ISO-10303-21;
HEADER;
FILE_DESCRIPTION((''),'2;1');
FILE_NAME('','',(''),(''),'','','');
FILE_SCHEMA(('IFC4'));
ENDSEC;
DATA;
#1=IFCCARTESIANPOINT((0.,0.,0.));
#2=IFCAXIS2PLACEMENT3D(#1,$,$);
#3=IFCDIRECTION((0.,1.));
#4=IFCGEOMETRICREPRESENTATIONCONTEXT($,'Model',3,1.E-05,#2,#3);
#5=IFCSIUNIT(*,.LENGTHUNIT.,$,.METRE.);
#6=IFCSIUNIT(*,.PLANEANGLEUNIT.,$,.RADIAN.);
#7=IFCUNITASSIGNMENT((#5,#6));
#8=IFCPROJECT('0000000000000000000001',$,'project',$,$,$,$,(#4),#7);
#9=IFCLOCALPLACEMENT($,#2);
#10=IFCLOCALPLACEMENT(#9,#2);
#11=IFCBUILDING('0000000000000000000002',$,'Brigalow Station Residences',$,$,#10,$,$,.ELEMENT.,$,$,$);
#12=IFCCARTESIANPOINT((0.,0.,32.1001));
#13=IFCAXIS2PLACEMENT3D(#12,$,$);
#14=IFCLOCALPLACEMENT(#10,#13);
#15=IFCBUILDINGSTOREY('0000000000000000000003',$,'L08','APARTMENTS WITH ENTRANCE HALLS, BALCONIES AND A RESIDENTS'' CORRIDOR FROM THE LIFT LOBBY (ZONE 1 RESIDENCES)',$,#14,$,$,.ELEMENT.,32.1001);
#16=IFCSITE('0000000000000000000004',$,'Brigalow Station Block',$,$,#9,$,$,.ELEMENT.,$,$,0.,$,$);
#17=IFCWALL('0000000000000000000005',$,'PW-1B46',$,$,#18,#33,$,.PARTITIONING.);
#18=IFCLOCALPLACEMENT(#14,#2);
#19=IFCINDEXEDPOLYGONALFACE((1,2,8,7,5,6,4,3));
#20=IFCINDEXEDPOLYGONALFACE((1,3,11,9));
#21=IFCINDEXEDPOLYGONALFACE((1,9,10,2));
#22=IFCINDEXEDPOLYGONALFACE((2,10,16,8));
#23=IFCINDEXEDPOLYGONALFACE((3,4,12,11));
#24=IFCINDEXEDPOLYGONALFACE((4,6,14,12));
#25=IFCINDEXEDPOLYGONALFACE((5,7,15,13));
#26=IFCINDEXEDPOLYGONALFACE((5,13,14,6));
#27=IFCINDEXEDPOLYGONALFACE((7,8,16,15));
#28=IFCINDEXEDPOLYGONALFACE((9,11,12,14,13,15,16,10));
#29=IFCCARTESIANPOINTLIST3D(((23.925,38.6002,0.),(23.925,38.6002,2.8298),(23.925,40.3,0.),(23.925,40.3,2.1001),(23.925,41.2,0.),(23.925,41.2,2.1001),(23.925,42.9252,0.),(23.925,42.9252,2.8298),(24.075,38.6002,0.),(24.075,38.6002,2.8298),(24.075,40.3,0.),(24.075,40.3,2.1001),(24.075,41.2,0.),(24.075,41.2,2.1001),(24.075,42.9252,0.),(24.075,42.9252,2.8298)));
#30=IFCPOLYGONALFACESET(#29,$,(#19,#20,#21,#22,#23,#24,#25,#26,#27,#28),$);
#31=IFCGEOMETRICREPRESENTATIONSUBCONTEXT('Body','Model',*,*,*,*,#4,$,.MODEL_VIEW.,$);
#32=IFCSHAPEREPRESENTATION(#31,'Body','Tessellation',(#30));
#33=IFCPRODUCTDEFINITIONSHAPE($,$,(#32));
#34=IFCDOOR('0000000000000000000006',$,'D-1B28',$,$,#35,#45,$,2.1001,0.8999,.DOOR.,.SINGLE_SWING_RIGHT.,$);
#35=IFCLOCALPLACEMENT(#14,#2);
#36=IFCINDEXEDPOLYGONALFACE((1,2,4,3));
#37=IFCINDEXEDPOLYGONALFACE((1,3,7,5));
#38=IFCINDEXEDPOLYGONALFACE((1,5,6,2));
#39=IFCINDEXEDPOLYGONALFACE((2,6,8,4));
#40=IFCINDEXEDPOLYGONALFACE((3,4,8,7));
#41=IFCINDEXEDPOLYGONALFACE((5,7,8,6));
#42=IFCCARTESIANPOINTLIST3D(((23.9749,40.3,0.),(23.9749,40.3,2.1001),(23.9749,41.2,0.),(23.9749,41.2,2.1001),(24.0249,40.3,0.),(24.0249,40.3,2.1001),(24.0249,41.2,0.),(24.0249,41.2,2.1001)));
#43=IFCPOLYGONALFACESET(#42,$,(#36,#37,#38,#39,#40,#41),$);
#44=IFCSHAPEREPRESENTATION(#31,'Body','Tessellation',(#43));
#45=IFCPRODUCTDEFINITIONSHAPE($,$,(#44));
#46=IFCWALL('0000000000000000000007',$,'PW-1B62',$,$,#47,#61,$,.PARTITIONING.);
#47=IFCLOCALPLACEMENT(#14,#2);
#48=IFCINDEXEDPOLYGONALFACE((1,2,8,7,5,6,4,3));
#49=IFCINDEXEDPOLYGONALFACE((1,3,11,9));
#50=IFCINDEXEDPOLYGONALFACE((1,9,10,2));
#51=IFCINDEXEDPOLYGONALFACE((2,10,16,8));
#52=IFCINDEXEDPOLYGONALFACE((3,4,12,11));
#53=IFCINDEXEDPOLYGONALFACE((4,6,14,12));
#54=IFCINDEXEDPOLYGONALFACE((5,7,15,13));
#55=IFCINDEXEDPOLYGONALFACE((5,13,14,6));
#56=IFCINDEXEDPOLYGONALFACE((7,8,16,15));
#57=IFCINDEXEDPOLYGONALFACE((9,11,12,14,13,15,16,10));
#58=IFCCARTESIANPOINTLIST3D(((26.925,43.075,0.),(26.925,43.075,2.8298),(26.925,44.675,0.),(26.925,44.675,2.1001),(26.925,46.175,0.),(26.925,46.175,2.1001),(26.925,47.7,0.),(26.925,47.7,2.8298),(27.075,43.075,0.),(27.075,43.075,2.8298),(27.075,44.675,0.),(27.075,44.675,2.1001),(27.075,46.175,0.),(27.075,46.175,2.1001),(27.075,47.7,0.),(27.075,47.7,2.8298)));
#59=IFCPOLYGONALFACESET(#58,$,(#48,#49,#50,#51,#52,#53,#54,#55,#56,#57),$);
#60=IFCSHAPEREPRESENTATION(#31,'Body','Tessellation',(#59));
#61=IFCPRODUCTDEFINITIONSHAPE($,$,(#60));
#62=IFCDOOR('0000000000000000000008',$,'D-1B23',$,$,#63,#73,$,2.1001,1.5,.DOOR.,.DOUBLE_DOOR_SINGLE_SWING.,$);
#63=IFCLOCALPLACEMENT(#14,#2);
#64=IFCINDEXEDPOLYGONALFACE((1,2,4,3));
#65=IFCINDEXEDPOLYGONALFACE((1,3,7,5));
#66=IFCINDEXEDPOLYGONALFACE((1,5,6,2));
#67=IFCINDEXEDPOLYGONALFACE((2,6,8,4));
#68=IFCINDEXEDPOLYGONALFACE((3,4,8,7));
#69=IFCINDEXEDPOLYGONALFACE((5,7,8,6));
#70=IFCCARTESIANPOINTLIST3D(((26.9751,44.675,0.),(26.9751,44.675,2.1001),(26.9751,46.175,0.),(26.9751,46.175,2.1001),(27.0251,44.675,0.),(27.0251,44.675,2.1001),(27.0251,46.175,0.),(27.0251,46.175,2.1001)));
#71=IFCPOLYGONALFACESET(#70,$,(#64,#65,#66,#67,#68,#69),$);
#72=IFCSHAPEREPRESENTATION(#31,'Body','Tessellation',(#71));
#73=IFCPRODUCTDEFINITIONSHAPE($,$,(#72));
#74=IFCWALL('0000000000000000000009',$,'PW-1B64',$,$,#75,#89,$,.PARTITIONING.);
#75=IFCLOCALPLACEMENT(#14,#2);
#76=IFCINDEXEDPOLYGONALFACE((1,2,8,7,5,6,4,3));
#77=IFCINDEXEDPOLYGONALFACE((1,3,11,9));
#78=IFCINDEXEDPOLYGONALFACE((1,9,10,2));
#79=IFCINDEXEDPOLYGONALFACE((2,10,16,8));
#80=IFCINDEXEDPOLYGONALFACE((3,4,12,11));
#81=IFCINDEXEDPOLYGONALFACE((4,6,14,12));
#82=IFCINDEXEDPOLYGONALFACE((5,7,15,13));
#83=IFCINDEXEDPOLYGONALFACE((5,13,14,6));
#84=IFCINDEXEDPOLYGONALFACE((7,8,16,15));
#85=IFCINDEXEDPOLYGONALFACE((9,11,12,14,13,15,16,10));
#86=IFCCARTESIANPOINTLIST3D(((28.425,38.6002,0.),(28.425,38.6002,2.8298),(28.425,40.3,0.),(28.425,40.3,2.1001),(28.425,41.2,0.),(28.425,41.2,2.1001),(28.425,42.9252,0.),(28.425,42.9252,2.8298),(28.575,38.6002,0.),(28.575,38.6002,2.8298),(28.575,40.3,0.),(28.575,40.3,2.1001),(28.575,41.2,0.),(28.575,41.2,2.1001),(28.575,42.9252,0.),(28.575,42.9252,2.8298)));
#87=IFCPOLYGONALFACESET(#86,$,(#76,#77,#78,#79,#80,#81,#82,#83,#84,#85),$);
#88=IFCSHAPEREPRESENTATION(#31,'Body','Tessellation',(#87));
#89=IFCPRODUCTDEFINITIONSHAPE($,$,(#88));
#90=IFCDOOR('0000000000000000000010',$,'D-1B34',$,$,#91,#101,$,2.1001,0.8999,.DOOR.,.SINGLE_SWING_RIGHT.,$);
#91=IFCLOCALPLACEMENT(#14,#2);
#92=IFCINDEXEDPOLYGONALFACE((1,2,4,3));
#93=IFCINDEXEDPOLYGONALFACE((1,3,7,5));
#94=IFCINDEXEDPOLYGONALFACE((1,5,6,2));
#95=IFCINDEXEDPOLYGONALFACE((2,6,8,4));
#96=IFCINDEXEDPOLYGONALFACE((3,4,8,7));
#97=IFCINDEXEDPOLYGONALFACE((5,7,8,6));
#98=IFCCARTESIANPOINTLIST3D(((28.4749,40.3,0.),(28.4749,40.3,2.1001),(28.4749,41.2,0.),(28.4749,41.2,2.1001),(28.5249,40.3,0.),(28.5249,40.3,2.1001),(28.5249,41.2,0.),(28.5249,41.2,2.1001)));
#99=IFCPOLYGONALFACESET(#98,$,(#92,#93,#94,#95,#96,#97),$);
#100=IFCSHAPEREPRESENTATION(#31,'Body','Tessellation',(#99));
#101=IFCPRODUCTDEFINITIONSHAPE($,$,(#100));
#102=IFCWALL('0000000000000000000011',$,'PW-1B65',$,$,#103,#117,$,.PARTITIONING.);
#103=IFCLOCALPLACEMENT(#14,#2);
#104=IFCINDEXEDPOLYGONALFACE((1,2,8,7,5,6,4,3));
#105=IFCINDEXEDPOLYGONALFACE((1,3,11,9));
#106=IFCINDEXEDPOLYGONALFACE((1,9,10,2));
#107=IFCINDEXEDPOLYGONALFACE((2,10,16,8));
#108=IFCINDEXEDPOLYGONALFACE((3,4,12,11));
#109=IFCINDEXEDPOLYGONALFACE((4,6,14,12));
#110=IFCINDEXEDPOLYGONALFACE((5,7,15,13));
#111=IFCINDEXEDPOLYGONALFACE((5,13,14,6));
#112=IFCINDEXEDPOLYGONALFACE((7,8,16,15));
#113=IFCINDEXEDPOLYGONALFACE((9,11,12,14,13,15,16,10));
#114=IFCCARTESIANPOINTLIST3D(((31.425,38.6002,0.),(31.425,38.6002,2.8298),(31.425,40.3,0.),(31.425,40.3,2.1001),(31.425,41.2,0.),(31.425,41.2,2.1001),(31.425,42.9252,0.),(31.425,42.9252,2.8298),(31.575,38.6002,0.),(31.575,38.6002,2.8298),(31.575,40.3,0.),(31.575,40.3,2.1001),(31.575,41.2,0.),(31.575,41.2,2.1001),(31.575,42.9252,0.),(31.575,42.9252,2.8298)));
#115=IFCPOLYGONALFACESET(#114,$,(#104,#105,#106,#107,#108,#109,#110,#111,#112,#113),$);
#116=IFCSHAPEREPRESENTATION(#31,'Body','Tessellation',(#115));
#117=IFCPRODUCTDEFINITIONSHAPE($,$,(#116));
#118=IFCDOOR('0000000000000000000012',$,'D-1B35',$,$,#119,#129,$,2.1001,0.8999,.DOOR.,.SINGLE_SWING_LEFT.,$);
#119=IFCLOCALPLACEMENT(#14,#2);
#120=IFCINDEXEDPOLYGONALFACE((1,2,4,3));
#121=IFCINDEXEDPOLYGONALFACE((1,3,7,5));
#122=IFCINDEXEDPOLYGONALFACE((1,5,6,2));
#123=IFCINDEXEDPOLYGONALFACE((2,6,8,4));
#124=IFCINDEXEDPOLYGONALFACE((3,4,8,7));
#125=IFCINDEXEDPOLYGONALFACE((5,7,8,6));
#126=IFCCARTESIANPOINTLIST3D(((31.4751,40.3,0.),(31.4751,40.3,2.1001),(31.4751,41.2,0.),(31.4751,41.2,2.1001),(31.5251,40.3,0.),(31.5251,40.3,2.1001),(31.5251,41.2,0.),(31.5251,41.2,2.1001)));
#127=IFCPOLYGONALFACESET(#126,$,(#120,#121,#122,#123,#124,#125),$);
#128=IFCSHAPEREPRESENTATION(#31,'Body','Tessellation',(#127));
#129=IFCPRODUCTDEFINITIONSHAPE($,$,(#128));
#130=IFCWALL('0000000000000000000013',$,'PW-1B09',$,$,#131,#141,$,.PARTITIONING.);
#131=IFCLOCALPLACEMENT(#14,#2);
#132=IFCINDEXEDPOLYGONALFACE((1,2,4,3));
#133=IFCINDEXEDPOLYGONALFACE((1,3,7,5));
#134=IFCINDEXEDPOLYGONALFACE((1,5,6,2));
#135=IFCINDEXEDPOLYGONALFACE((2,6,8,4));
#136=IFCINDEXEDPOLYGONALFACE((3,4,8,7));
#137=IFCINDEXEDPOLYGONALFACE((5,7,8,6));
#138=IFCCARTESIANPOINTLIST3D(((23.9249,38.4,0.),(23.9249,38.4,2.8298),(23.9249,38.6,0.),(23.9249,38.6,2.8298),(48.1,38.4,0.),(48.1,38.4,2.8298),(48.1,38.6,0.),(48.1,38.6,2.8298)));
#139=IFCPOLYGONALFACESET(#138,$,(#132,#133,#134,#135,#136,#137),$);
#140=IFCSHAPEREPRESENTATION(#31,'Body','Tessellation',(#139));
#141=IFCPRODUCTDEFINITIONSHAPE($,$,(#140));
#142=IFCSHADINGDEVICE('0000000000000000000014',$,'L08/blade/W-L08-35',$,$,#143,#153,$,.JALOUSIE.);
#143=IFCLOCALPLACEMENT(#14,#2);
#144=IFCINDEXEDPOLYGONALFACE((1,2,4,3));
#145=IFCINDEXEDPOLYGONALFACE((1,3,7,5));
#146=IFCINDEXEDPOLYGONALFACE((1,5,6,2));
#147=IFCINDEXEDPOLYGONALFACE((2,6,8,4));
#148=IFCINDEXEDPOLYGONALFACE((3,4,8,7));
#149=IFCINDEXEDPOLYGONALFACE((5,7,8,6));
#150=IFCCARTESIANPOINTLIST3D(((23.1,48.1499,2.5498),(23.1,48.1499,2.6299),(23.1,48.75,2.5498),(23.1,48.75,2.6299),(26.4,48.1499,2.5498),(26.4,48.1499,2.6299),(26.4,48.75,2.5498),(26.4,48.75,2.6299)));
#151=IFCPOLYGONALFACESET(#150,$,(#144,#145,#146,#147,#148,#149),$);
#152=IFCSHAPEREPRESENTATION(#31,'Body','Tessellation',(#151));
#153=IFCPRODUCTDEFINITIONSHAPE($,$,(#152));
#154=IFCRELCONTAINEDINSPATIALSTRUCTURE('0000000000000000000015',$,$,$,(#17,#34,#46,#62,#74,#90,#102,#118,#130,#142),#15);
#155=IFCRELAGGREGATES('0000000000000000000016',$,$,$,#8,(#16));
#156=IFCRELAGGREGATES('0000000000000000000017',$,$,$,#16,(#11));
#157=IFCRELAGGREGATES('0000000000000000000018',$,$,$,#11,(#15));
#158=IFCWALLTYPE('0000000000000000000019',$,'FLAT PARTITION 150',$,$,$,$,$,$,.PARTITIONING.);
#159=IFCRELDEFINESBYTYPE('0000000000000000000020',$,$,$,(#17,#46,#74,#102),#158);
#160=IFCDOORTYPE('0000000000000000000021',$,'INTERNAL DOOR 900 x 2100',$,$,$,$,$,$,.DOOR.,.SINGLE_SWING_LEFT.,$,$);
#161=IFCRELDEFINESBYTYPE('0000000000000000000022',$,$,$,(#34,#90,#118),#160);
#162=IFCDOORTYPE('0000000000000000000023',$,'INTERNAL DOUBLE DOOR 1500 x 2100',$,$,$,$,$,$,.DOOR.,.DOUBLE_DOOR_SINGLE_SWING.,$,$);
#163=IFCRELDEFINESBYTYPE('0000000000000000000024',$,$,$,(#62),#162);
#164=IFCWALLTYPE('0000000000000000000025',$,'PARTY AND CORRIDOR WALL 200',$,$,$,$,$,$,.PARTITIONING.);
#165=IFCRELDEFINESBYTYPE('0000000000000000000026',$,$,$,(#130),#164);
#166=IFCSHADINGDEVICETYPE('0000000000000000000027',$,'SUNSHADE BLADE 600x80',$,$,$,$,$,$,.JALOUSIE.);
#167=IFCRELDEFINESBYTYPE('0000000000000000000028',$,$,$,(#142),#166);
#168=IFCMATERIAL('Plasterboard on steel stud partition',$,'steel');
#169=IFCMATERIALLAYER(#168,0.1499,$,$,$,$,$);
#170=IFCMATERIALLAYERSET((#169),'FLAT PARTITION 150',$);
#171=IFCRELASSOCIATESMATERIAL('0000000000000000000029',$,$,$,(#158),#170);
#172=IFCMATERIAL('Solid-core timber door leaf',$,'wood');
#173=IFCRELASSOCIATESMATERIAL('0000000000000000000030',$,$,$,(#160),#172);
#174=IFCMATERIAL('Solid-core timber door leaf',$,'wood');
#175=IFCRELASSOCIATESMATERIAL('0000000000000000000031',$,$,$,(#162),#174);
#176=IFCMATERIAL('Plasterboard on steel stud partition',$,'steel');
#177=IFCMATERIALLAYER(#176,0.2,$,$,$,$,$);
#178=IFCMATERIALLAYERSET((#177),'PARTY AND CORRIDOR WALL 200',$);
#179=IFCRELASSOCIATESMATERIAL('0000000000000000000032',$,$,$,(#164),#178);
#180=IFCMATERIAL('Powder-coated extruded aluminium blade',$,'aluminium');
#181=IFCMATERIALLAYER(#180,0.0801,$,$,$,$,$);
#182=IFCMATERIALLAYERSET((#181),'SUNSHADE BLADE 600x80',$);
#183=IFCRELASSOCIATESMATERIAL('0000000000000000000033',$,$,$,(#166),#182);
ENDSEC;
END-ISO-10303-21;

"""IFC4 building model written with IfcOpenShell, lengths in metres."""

from ifc_helpers import new_model, si_unit, direction, frame, frame_2d, origin, origin_2d, place, context, subcontext, project, spatial, rectangle, extrude, material, layer, layer_set, type_object, element, fill, save


model = new_model("IFC4")

# Units and contexts
model_context = context("Model", 3, precision=1e-05, world=origin(), true_north=direction((0.0, 1.0)))
body_context = subcontext(model_context, "Body", "Model", "MODEL_VIEW")
ifc_project = project(units=[si_unit("LENGTHUNIT", "METRE"), si_unit("PLANEANGLEUNIT", "RADIAN")], contexts=[model_context])

# Site, building, storey
site_placement = place(None, origin())
site = spatial("IfcSite", under=ifc_project, at=site_placement, Name="Brigalow Station Block", CompositionType="ELEMENT", RefElevation=0.0)
building_placement = place(site_placement, origin())
building = spatial("IfcBuilding", under=site, at=building_placement, Name="Brigalow Station Residences", CompositionType="ELEMENT")
storey_placement = place(building_placement, frame((0.0, 0.0, 32.1001)))
storey = spatial("IfcBuildingStorey", under=building, at=storey_placement, Name="L08", Description="APARTMENTS WITH ENTRANCE HALLS, BALCONIES AND A RESIDENTS' CORRIDOR FROM THE LIFT LOBBY (ZONE 1 RESIDENCES)", CompositionType="ELEMENT", Elevation=32.1001)

# Walls, openings, doors
ifc_material_1 = material(Name="Plasterboard on steel stud partition", Category="steel")
ifc_layer_1 = layer(ifc_material_1, 0.1499)
ifc_layer_set_1 = layer_set([ifc_layer_1], Name="FLAT PARTITION 150")
wall_type_1 = type_object("IfcWallType", Name="FLAT PARTITION 150", PredefinedType="PARTITIONING", material=ifc_layer_set_1)
wall_1_placement = place(storey_placement, frame((24.0, 38.6001, 0.0), z_axis=(0.0, 0.0, 1.0), x_axis=(0.0, 1.0, 0.0)))
wall_1 = element("IfcWall", 1, at=wall_1_placement, inside=storey, type_object=wall_type_1, Name="PW-1B46", PredefinedType="PARTITIONING", context=body_context, shape_type="SweptSolid", body=[
    extrude(rectangle(XDim=4.325, YDim=0.1499, at=frame_2d((2.1626, 0.0))), origin(), (0.0, 0.0, 1.0), 2.8298),
])
opening_1_placement = place(wall_1_placement, frame((1.7, 0.0, 0.0)))
opening_1 = element("IfcOpeningElement", 2, at=opening_1_placement, cuts=wall_1, PredefinedType="OPENING", context=body_context, shape_type="SweptSolid", body=[
    extrude(rectangle(XDim=0.8999, YDim=2.1001, at=frame_2d((0.45, 1.05))), frame((0.0, 0.085, 0.0), z_axis=(0.0, -1.0, 0.0), x_axis=(1.0, 0.0, 0.0)), (0.0, 0.0, 1.0), 0.1699),
])
ifc_material_2 = material(Name="Solid-core timber door leaf", Category="wood")
door_type_1 = type_object("IfcDoorType", Name="INTERNAL DOOR 900 x 2100", OperationType="SINGLE_SWING_LEFT", PredefinedType="DOOR", material=ifc_material_2)
door_1_placement = place(opening_1_placement, frame((0.8999, 0.0, 0.0), z_axis=(0.0, 0.0, 1.0), x_axis=(-1.0, 0.0, 0.0)))
door_1 = element("IfcDoor", 3, at=door_1_placement, inside=storey, type_object=door_type_1, Name="D-1B28", OperationType="SINGLE_SWING_RIGHT", OverallHeight=2.1001, OverallWidth=0.8999, PredefinedType="DOOR", context=body_context, shape_type="SweptSolid", body=[
    extrude(rectangle(XDim=0.8999, YDim=2.1001, at=frame_2d((0.45, 1.05))), frame((0.0, 0.0249, 0.0), z_axis=(0.0, -1.0, 0.0), x_axis=(1.0, 0.0, 0.0)), (0.0, 0.0, 1.0), 0.05),
])
fill(opening_1, door_1)
wall_2_placement = place(storey_placement, frame((27.0, 43.075, 0.0), z_axis=(0.0, 0.0, 1.0), x_axis=(0.0, 1.0, 0.0)))
wall_2 = element("IfcWall", 4, at=wall_2_placement, inside=storey, type_object=wall_type_1, Name="PW-1B62", PredefinedType="PARTITIONING", context=body_context, shape_type="SweptSolid", body=[
    extrude(rectangle(XDim=4.625, YDim=0.1499, at=frame_2d((2.3125, 0.0))), origin(), (0.0, 0.0, 1.0), 2.8298),
])
opening_2_placement = place(wall_2_placement, frame((1.6001, 0.0, 0.0)))
opening_2 = element("IfcOpeningElement", 5, at=opening_2_placement, cuts=wall_2, PredefinedType="OPENING", context=body_context, shape_type="SweptSolid", body=[
    extrude(rectangle(XDim=1.5, YDim=2.1001, at=frame_2d((0.75, 1.05))), frame((0.0, 0.085, 0.0), z_axis=(0.0, -1.0, 0.0), x_axis=(1.0, 0.0, 0.0)), (0.0, 0.0, 1.0), 0.1699),
])
ifc_material_3 = material(Name="Solid-core timber door leaf", Category="wood")
door_type_2 = type_object("IfcDoorType", Name="INTERNAL DOUBLE DOOR 1500 x 2100", OperationType="DOUBLE_DOOR_SINGLE_SWING", PredefinedType="DOOR", material=ifc_material_3)
door_2_placement = place(opening_2_placement, origin())
door_2 = element("IfcDoor", 6, at=door_2_placement, inside=storey, type_object=door_type_2, Name="D-1B23", OperationType="DOUBLE_DOOR_SINGLE_SWING", OverallHeight=2.1001, OverallWidth=1.5, PredefinedType="DOOR", context=body_context, shape_type="SweptSolid", body=[
    extrude(rectangle(XDim=1.5, YDim=2.1001, at=frame_2d((0.75, 1.05))), frame((0.0, 0.0249, 0.0), z_axis=(0.0, -1.0, 0.0), x_axis=(1.0, 0.0, 0.0)), (0.0, 0.0, 1.0), 0.05),
])
fill(opening_2, door_2)
wall_3_placement = place(storey_placement, frame((28.5, 38.6001, 0.0), z_axis=(0.0, 0.0, 1.0), x_axis=(0.0, 1.0, 0.0)))
wall_3 = element("IfcWall", 7, at=wall_3_placement, inside=storey, type_object=wall_type_1, Name="PW-1B64", PredefinedType="PARTITIONING", context=body_context, shape_type="SweptSolid", body=[
    extrude(rectangle(XDim=4.325, YDim=0.1499, at=frame_2d((2.1626, 0.0))), origin(), (0.0, 0.0, 1.0), 2.8298),
])
opening_3_placement = place(wall_3_placement, frame((1.7, 0.0, 0.0)))
opening_3 = element("IfcOpeningElement", 8, at=opening_3_placement, cuts=wall_3, PredefinedType="OPENING", context=body_context, shape_type="SweptSolid", body=[
    extrude(rectangle(XDim=0.8999, YDim=2.1001, at=frame_2d((0.45, 1.05))), frame((0.0, 0.085, 0.0), z_axis=(0.0, -1.0, 0.0), x_axis=(1.0, 0.0, 0.0)), (0.0, 0.0, 1.0), 0.1699),
])
door_3_placement = place(opening_3_placement, frame((0.8999, 0.0, 0.0), z_axis=(0.0, 0.0, 1.0), x_axis=(-1.0, 0.0, 0.0)))
door_3 = element("IfcDoor", 9, at=door_3_placement, inside=storey, type_object=door_type_1, Name="D-1B34", OperationType="SINGLE_SWING_RIGHT", OverallHeight=2.1001, OverallWidth=0.8999, PredefinedType="DOOR", context=body_context, shape_type="SweptSolid", body=[
    extrude(rectangle(XDim=0.8999, YDim=2.1001, at=frame_2d((0.45, 1.05))), frame((0.0, 0.0249, 0.0), z_axis=(0.0, -1.0, 0.0), x_axis=(1.0, 0.0, 0.0)), (0.0, 0.0, 1.0), 0.05),
])
fill(opening_3, door_3)
wall_4_placement = place(storey_placement, frame((31.5, 38.6001, 0.0), z_axis=(0.0, 0.0, 1.0), x_axis=(0.0, 1.0, 0.0)))
wall_4 = element("IfcWall", 10, at=wall_4_placement, inside=storey, type_object=wall_type_1, Name="PW-1B65", PredefinedType="PARTITIONING", context=body_context, shape_type="SweptSolid", body=[
    extrude(rectangle(XDim=4.325, YDim=0.1499, at=frame_2d((2.1626, 0.0))), origin(), (0.0, 0.0, 1.0), 2.8298),
])
opening_4_placement = place(wall_4_placement, frame((1.7, 0.0, 0.0)))
opening_4 = element("IfcOpeningElement", 11, at=opening_4_placement, cuts=wall_4, PredefinedType="OPENING", context=body_context, shape_type="SweptSolid", body=[
    extrude(rectangle(XDim=0.8999, YDim=2.1001, at=frame_2d((0.45, 1.05))), frame((0.0, 0.085, 0.0), z_axis=(0.0, -1.0, 0.0), x_axis=(1.0, 0.0, 0.0)), (0.0, 0.0, 1.0), 0.1699),
])
door_4_placement = place(opening_4_placement, origin())
door_4 = element("IfcDoor", 12, at=door_4_placement, inside=storey, type_object=door_type_1, Name="D-1B35", OperationType="SINGLE_SWING_LEFT", OverallHeight=2.1001, OverallWidth=0.8999, PredefinedType="DOOR", context=body_context, shape_type="SweptSolid", body=[
    extrude(rectangle(XDim=0.8999, YDim=2.1001, at=frame_2d((0.45, 1.05))), frame((0.0, 0.0249, 0.0), z_axis=(0.0, -1.0, 0.0), x_axis=(1.0, 0.0, 0.0)), (0.0, 0.0, 1.0), 0.05),
])
fill(opening_4, door_4)

# Wall
ifc_material_4 = material(Name="Plasterboard on steel stud partition", Category="steel")
ifc_layer_2 = layer(ifc_material_4, 0.2)
ifc_layer_set_2 = layer_set([ifc_layer_2], Name="PARTY AND CORRIDOR WALL 200")
wall_type_2 = type_object("IfcWallType", Name="PARTY AND CORRIDOR WALL 200", PredefinedType="PARTITIONING", material=ifc_layer_set_2)
wall_5_placement = place(storey_placement, frame((23.925, 38.5, 0.0), z_axis=(0.0, 0.0, 1.0), x_axis=(1.0, 0.0, 0.0)))
element("IfcWall", 13, at=wall_5_placement, inside=storey, type_object=wall_type_2, Name="PW-1B09", PredefinedType="PARTITIONING", context=body_context, shape_type="SweptSolid", body=[
    extrude(rectangle(XDim=24.175, YDim=0.2, at=frame_2d((12.0874, 0.0))), origin(), (0.0, 0.0, 1.0), 2.8298),
])

# Shading device
ifc_material_5 = material(Name="Powder-coated extruded aluminium blade", Category="aluminium")
ifc_layer_3 = layer(ifc_material_5, 0.0801)
ifc_layer_set_3 = layer_set([ifc_layer_3], Name="SUNSHADE BLADE 600x80")
shading_device_type = type_object("IfcShadingDeviceType", Name="SUNSHADE BLADE 600x80", PredefinedType="JALOUSIE", material=ifc_layer_set_3)
shading_device_placement = place(storey_placement, frame((24.75, 48.45, 2.5498), z_axis=(0.0, 0.0, 1.0), x_axis=(-1.0, 0.0, 0.0)))
element("IfcShadingDevice", 14, at=shading_device_placement, inside=storey, type_object=shading_device_type, Name="L08/blade/W-L08-35", PredefinedType="JALOUSIE", context=body_context, shape_type="SweptSolid", body=[
    extrude(rectangle(XDim=3.3, YDim=0.6001, at=origin_2d()), origin(), (0.0, 0.0, 1.0), 0.0801),
])

save(model, "model.ifc")
